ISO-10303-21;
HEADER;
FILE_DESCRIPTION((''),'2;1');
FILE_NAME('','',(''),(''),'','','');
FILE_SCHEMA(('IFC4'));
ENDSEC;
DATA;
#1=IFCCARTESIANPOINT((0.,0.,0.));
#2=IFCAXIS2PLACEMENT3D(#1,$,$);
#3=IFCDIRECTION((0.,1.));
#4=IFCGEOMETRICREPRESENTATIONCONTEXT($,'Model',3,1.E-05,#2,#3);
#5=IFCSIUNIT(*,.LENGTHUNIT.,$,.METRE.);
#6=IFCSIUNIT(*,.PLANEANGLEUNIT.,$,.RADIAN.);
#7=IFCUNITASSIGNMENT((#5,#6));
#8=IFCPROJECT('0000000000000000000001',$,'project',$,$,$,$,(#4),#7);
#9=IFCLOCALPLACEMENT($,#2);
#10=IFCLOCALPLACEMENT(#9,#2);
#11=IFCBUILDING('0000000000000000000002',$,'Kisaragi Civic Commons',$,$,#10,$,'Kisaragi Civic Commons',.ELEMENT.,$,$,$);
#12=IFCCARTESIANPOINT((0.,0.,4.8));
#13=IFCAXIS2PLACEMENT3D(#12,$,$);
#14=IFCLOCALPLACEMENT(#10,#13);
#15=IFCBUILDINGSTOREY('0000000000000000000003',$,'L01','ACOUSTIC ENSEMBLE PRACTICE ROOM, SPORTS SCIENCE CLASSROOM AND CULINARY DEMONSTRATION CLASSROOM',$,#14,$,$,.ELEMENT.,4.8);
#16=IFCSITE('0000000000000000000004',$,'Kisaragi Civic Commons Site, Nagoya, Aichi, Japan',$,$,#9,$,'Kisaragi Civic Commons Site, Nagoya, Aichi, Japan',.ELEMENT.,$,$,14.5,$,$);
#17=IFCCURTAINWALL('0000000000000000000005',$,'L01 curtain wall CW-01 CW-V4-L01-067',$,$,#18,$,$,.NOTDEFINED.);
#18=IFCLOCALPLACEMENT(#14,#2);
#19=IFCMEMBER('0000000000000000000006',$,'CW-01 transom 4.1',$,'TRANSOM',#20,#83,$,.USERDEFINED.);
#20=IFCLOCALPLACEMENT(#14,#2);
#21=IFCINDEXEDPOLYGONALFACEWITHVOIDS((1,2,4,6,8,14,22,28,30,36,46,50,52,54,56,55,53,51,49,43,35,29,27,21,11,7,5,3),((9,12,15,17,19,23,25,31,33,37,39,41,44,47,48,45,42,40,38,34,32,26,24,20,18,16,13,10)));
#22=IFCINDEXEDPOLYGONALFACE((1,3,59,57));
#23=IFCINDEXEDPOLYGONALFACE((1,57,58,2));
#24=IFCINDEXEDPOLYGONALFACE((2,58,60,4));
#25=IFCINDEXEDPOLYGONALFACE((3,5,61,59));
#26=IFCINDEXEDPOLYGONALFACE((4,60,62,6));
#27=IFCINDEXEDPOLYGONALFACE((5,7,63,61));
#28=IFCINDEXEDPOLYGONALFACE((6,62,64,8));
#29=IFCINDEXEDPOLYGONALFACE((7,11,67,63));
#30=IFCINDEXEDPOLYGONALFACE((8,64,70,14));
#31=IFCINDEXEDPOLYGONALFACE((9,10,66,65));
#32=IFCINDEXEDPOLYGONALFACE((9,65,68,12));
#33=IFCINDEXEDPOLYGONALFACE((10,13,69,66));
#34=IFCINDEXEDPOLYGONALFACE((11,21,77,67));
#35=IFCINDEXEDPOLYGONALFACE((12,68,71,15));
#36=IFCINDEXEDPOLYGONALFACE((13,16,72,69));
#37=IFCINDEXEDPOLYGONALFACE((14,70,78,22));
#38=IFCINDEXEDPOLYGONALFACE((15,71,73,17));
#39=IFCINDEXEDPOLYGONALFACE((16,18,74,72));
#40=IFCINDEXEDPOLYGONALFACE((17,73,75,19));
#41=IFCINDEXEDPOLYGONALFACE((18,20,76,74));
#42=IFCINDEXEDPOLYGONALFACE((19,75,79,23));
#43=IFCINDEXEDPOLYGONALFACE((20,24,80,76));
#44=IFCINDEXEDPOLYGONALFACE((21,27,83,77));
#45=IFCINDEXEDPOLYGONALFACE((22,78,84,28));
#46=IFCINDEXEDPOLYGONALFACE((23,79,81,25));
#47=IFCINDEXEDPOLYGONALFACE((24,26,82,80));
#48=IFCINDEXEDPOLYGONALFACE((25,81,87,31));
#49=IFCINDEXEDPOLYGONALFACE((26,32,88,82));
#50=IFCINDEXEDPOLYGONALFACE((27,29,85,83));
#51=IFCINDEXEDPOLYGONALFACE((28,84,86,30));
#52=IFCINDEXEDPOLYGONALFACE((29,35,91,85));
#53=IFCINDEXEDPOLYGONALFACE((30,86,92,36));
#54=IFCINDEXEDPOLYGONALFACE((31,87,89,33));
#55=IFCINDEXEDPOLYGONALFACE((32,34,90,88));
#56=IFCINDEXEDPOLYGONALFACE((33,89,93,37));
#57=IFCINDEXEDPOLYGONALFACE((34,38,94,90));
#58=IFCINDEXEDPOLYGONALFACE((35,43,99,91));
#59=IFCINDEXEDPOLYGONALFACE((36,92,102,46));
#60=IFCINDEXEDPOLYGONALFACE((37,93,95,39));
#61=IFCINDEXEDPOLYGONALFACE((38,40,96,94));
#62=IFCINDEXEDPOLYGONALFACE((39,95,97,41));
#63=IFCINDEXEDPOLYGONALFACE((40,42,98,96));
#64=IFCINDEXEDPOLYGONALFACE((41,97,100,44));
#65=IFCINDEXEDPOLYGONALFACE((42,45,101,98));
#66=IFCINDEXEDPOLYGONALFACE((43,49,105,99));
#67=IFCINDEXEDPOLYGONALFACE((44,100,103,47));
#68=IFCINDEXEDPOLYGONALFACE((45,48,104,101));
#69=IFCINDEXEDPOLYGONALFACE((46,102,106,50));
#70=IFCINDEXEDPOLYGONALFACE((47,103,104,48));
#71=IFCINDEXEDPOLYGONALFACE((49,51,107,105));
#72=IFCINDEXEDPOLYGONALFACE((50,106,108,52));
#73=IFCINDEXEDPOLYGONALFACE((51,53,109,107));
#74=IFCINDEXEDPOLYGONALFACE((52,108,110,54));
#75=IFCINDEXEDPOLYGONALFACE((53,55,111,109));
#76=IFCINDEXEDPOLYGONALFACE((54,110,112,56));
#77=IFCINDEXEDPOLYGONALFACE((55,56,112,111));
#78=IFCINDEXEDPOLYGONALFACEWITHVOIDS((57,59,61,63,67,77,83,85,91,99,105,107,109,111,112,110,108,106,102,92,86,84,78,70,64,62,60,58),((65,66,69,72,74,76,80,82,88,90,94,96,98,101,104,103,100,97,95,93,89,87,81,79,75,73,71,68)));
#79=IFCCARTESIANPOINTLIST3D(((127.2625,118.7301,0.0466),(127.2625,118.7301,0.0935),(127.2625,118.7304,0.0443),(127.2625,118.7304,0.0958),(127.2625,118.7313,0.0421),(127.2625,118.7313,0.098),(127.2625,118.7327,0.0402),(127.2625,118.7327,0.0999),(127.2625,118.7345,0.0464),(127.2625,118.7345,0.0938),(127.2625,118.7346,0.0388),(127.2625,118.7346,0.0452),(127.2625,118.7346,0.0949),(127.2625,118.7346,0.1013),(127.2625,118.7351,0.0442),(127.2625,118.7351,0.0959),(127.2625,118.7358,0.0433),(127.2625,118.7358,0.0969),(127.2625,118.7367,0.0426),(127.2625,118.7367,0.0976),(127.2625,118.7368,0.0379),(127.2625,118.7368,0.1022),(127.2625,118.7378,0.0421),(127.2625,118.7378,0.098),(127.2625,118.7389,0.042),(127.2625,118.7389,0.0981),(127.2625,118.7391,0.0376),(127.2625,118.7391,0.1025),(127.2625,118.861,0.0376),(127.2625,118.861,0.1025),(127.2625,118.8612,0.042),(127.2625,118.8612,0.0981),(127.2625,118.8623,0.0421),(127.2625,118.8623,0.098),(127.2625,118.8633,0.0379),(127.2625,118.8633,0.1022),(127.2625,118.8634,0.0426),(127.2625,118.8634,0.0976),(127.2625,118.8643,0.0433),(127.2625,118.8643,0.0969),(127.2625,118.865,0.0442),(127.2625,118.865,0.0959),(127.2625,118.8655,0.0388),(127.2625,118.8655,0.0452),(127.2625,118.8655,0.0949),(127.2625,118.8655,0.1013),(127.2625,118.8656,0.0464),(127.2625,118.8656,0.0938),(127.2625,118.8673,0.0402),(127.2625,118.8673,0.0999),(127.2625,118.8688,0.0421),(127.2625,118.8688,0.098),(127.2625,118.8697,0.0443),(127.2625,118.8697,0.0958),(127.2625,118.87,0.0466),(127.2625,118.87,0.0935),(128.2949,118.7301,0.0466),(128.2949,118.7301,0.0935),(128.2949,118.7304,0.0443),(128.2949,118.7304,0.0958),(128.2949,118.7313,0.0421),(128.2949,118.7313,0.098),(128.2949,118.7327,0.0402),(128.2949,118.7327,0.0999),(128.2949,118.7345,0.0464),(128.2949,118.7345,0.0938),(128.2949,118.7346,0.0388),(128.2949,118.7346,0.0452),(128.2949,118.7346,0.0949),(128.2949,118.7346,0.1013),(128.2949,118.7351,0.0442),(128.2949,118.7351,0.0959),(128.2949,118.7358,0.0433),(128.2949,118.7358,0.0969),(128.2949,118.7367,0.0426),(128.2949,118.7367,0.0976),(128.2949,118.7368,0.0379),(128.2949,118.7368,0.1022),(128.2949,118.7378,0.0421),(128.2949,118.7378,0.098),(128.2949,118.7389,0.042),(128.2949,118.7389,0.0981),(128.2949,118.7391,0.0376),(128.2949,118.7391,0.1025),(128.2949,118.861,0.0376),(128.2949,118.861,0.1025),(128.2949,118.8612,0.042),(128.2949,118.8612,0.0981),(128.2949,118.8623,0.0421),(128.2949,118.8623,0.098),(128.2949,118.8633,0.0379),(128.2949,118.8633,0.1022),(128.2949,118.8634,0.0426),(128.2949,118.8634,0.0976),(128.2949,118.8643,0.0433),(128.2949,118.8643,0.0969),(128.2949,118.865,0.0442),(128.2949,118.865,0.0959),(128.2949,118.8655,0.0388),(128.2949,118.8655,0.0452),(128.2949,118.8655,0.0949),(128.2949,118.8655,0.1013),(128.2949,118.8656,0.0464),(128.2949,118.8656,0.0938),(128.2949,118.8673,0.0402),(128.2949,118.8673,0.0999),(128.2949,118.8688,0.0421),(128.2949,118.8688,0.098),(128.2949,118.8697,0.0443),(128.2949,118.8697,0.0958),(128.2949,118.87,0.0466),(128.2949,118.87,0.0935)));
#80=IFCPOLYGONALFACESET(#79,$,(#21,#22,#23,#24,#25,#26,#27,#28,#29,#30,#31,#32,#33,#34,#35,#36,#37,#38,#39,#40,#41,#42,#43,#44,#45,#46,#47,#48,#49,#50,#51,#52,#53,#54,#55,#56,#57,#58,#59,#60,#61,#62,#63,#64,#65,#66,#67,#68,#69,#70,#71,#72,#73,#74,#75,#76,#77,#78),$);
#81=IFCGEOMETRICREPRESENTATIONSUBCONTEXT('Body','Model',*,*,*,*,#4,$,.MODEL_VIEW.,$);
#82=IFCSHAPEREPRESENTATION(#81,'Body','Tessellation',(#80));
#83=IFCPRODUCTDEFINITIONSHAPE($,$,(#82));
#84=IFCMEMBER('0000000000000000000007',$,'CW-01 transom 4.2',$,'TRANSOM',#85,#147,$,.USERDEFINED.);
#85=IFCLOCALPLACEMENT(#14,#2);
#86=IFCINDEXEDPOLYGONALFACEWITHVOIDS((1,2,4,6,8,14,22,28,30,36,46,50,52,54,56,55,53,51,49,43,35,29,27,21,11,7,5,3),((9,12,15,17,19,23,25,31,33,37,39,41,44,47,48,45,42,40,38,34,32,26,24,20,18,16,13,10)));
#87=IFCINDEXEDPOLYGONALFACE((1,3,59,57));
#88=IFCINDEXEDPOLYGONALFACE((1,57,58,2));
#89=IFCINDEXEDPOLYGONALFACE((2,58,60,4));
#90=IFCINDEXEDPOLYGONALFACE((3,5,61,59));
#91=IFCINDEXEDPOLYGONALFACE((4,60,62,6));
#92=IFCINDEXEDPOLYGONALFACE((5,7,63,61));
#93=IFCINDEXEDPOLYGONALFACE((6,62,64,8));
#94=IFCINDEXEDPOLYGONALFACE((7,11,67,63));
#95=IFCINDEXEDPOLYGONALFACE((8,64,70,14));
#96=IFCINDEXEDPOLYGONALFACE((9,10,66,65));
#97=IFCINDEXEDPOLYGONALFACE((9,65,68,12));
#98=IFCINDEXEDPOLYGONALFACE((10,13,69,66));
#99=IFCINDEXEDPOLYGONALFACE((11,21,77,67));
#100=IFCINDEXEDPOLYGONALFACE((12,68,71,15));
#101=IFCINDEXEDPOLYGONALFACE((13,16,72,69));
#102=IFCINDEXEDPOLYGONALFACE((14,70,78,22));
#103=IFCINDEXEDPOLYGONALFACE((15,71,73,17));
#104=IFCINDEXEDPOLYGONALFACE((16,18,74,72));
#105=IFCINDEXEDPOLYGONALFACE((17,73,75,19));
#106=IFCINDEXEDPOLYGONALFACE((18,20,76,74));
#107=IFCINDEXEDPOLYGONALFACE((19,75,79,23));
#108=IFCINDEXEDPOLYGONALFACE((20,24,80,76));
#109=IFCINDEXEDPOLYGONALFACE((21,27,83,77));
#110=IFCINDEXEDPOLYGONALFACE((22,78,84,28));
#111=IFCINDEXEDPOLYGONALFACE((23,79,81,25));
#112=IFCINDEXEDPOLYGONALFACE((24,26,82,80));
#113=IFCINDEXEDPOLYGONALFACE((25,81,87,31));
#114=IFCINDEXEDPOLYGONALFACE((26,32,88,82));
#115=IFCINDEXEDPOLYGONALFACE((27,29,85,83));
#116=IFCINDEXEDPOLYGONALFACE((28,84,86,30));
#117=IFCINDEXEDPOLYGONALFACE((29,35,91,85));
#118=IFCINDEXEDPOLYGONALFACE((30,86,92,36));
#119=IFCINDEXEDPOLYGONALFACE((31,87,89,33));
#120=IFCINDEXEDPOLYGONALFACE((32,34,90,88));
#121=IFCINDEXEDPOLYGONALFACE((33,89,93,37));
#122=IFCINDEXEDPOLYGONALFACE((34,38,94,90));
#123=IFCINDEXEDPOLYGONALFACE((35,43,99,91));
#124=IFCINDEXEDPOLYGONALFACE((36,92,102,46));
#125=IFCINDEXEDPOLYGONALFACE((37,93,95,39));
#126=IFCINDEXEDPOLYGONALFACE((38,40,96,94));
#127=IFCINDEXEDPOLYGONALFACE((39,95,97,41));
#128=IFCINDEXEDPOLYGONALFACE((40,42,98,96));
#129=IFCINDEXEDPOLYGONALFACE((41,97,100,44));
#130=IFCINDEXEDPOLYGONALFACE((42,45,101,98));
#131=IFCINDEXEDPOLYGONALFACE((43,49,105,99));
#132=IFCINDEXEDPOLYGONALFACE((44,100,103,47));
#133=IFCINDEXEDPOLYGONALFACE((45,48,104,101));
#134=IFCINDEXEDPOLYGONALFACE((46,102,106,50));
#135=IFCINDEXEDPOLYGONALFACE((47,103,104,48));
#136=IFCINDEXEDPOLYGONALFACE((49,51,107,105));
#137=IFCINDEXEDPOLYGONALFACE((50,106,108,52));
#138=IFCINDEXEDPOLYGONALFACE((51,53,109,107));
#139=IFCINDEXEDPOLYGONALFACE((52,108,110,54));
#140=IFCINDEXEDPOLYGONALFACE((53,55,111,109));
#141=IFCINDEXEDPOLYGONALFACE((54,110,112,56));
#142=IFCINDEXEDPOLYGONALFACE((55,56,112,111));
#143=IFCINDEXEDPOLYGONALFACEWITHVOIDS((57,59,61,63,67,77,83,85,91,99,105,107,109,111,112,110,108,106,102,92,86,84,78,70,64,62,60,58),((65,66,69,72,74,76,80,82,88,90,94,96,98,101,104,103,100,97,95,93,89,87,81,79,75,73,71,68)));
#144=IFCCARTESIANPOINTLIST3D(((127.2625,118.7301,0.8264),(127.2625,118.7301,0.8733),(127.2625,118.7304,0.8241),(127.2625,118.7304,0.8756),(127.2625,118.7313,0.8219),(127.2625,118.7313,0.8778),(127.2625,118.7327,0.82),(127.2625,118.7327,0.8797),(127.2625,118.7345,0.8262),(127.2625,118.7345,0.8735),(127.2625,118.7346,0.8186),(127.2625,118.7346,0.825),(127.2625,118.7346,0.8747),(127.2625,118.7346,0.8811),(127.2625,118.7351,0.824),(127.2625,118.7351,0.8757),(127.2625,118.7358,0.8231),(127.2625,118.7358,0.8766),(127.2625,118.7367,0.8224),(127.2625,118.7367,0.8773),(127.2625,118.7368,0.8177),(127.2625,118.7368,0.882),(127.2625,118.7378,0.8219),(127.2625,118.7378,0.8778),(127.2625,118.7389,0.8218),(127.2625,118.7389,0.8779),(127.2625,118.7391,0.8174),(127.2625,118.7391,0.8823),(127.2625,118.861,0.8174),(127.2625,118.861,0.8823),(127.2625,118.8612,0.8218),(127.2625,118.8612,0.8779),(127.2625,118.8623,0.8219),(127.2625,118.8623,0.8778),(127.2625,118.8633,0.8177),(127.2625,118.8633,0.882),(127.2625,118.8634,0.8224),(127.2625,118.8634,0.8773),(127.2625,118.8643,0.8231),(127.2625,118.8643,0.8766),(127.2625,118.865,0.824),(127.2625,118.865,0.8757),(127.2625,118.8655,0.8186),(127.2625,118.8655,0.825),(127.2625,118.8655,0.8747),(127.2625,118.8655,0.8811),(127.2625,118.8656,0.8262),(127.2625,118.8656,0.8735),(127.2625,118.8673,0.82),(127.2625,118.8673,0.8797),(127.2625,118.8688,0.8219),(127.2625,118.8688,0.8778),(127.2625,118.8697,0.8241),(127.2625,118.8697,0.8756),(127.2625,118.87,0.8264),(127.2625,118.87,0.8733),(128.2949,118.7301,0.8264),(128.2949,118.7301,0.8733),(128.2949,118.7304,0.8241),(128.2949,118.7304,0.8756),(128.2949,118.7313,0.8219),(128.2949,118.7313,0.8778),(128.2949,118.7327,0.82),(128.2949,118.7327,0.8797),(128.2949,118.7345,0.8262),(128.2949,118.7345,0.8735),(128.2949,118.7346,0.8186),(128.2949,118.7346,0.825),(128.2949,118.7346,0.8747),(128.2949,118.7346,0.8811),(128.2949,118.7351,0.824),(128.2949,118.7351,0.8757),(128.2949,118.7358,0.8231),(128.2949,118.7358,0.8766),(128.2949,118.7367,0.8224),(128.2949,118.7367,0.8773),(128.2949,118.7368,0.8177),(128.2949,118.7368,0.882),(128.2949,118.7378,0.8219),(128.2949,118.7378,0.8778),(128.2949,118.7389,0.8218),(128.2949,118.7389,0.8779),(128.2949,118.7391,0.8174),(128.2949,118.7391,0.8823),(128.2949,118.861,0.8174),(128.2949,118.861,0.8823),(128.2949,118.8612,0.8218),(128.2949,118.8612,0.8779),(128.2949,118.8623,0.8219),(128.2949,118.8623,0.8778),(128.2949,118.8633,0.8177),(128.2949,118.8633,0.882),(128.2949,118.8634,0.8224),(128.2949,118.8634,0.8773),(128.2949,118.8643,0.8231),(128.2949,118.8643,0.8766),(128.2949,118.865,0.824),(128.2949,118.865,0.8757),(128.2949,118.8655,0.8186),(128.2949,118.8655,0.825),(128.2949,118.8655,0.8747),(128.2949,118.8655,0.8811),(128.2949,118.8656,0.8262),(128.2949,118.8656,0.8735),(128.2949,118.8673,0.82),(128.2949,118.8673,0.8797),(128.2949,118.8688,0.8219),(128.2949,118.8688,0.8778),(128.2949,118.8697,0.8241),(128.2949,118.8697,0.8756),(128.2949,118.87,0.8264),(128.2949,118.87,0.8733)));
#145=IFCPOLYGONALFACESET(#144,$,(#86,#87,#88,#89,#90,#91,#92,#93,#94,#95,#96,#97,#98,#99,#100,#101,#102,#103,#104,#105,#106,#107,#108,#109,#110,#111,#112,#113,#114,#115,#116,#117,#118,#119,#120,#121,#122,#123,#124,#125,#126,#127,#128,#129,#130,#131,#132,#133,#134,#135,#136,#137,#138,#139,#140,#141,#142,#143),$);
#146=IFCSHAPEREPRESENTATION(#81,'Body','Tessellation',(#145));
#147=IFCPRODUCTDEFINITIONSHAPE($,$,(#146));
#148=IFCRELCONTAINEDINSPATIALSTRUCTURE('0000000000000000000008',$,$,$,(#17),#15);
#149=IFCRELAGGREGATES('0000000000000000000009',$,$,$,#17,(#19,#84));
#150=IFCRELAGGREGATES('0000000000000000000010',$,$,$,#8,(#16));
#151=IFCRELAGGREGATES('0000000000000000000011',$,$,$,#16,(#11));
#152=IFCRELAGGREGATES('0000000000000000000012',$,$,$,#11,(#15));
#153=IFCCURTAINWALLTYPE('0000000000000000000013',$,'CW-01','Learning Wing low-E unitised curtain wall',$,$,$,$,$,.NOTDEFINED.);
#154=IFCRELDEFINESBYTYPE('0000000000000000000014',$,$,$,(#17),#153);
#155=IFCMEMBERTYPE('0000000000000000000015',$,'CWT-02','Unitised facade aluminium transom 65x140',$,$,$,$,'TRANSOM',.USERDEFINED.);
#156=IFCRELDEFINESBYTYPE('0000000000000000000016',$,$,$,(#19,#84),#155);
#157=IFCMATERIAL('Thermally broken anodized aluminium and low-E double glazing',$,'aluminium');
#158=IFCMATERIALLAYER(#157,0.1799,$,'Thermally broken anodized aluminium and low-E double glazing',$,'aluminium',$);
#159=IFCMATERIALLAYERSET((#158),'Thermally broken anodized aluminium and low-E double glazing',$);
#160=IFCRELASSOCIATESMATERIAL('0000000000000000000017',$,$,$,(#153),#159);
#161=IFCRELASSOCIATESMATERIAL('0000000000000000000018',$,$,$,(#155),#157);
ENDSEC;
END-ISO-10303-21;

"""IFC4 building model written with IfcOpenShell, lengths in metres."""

from ifc_helpers import new_model, si_unit, direction, frame, origin, origin_2d, place, context, subcontext, project, spatial, hollow_rectangle, extrude, material, layer, layer_set, material_profile, profile_set, type_object, element, aggregate, save


model = new_model("IFC4")

# Units and contexts
model_context = context("Model", 3, precision=1e-05, world=origin(), true_north=direction((0.0, 1.0)))
body_context = subcontext(model_context, "Body", "Model", "MODEL_VIEW")
ifc_project = project(units=[si_unit("LENGTHUNIT", "METRE"), si_unit("PLANEANGLEUNIT", "RADIAN")], contexts=[model_context])

# Site, building, storey
site_placement = place(None, origin())
site = spatial("IfcSite", under=ifc_project, at=site_placement, Name="Kisaragi Civic Commons Site, Nagoya, Aichi, Japan", LongName="Kisaragi Civic Commons Site, Nagoya, Aichi, Japan", CompositionType="ELEMENT", RefElevation=14.5)
building_placement = place(site_placement, origin())
building = spatial("IfcBuilding", under=site, at=building_placement, Name="Kisaragi Civic Commons", LongName="Kisaragi Civic Commons", CompositionType="ELEMENT")
storey_placement = place(building_placement, frame((0.0, 0.0, 4.8)))
storey = spatial("IfcBuildingStorey", under=building, at=storey_placement, Name="L01", Description="ACOUSTIC ENSEMBLE PRACTICE ROOM, SPORTS SCIENCE CLASSROOM AND CULINARY DEMONSTRATION CLASSROOM", CompositionType="ELEMENT", Elevation=4.8)

# Curtain wall
ifc_material = material(Name="Thermally broken anodized aluminium and low-E double glazing", Category="aluminium")
ifc_layer_1 = layer(ifc_material, 0.1799, Name="Thermally broken anodized aluminium and low-E double glazing", Category="aluminium")
ifc_layer_set_1 = layer_set([ifc_layer_1], Name="Thermally broken anodized aluminium and low-E double glazing")
curtain_wall_type = type_object("IfcCurtainWallType", Name="CW-01", Description="Learning Wing low-E unitised curtain wall", PredefinedType="NOTDEFINED", material=ifc_layer_set_1)
curtain_wall_1_placement = place(storey_placement, origin())
curtain_wall_1 = element("IfcCurtainWall", 1, at=curtain_wall_1_placement, inside=storey, type_object=curtain_wall_type, Name="L01 curtain wall CW-01 CW-V4-L01-067", PredefinedType="NOTDEFINED")

# Members
ifc_material_profile_1 = material_profile(ifc_material, hollow_rectangle(XDim=0.1399, YDim=0.0649, WallThickness=0.0044, InnerFilletRadius=0.0044, OuterFilletRadius=0.009, at=origin_2d()), Name="CWT-65x140x4.5", Category="aluminium")
ifc_profile_set_1 = profile_set([ifc_material_profile_1], Name="Thermally broken anodized aluminium and low-E double glazing")
member_type_1 = type_object("IfcMemberType", Name="CWT-02", Description="Unitised facade aluminium transom 65x140", ElementType="TRANSOM", PredefinedType="USERDEFINED", material=ifc_profile_set_1)
member_1_placement = place(storey_placement, frame((127.2625, 118.8, 0.0701), z_axis=(1.0, 0.0, 0.0), x_axis=(0.0, 1.0, 0.0)))
member_1 = element("IfcMember", 2, at=member_1_placement, type_object=member_type_1, Name="CW-01 transom 4.1", ObjectType="TRANSOM", PredefinedType="USERDEFINED", context=body_context, shape_type="SweptSolid", body=[
    extrude(hollow_rectangle(XDim=0.1399, YDim=0.0649, WallThickness=0.0044, InnerFilletRadius=0.0044, OuterFilletRadius=0.009, at=origin_2d()), origin(), (0.0, 0.0, 1.0), 1.0325),
])
member_2_placement = place(storey_placement, frame((127.2625, 118.8, 0.8499), z_axis=(1.0, 0.0, 0.0), x_axis=(0.0, 1.0, 0.0)))
member_2 = element("IfcMember", 3, at=member_2_placement, type_object=member_type_1, Name="CW-01 transom 4.2", ObjectType="TRANSOM", PredefinedType="USERDEFINED", context=body_context, shape_type="SweptSolid", body=[
    extrude(hollow_rectangle(XDim=0.1399, YDim=0.0649, WallThickness=0.0044, InnerFilletRadius=0.0044, OuterFilletRadius=0.009, at=origin_2d()), origin(), (0.0, 0.0, 1.0), 1.0325),
])

aggregate(curtain_wall_1, [member_1, member_2])

save(model, "model.ifc")
